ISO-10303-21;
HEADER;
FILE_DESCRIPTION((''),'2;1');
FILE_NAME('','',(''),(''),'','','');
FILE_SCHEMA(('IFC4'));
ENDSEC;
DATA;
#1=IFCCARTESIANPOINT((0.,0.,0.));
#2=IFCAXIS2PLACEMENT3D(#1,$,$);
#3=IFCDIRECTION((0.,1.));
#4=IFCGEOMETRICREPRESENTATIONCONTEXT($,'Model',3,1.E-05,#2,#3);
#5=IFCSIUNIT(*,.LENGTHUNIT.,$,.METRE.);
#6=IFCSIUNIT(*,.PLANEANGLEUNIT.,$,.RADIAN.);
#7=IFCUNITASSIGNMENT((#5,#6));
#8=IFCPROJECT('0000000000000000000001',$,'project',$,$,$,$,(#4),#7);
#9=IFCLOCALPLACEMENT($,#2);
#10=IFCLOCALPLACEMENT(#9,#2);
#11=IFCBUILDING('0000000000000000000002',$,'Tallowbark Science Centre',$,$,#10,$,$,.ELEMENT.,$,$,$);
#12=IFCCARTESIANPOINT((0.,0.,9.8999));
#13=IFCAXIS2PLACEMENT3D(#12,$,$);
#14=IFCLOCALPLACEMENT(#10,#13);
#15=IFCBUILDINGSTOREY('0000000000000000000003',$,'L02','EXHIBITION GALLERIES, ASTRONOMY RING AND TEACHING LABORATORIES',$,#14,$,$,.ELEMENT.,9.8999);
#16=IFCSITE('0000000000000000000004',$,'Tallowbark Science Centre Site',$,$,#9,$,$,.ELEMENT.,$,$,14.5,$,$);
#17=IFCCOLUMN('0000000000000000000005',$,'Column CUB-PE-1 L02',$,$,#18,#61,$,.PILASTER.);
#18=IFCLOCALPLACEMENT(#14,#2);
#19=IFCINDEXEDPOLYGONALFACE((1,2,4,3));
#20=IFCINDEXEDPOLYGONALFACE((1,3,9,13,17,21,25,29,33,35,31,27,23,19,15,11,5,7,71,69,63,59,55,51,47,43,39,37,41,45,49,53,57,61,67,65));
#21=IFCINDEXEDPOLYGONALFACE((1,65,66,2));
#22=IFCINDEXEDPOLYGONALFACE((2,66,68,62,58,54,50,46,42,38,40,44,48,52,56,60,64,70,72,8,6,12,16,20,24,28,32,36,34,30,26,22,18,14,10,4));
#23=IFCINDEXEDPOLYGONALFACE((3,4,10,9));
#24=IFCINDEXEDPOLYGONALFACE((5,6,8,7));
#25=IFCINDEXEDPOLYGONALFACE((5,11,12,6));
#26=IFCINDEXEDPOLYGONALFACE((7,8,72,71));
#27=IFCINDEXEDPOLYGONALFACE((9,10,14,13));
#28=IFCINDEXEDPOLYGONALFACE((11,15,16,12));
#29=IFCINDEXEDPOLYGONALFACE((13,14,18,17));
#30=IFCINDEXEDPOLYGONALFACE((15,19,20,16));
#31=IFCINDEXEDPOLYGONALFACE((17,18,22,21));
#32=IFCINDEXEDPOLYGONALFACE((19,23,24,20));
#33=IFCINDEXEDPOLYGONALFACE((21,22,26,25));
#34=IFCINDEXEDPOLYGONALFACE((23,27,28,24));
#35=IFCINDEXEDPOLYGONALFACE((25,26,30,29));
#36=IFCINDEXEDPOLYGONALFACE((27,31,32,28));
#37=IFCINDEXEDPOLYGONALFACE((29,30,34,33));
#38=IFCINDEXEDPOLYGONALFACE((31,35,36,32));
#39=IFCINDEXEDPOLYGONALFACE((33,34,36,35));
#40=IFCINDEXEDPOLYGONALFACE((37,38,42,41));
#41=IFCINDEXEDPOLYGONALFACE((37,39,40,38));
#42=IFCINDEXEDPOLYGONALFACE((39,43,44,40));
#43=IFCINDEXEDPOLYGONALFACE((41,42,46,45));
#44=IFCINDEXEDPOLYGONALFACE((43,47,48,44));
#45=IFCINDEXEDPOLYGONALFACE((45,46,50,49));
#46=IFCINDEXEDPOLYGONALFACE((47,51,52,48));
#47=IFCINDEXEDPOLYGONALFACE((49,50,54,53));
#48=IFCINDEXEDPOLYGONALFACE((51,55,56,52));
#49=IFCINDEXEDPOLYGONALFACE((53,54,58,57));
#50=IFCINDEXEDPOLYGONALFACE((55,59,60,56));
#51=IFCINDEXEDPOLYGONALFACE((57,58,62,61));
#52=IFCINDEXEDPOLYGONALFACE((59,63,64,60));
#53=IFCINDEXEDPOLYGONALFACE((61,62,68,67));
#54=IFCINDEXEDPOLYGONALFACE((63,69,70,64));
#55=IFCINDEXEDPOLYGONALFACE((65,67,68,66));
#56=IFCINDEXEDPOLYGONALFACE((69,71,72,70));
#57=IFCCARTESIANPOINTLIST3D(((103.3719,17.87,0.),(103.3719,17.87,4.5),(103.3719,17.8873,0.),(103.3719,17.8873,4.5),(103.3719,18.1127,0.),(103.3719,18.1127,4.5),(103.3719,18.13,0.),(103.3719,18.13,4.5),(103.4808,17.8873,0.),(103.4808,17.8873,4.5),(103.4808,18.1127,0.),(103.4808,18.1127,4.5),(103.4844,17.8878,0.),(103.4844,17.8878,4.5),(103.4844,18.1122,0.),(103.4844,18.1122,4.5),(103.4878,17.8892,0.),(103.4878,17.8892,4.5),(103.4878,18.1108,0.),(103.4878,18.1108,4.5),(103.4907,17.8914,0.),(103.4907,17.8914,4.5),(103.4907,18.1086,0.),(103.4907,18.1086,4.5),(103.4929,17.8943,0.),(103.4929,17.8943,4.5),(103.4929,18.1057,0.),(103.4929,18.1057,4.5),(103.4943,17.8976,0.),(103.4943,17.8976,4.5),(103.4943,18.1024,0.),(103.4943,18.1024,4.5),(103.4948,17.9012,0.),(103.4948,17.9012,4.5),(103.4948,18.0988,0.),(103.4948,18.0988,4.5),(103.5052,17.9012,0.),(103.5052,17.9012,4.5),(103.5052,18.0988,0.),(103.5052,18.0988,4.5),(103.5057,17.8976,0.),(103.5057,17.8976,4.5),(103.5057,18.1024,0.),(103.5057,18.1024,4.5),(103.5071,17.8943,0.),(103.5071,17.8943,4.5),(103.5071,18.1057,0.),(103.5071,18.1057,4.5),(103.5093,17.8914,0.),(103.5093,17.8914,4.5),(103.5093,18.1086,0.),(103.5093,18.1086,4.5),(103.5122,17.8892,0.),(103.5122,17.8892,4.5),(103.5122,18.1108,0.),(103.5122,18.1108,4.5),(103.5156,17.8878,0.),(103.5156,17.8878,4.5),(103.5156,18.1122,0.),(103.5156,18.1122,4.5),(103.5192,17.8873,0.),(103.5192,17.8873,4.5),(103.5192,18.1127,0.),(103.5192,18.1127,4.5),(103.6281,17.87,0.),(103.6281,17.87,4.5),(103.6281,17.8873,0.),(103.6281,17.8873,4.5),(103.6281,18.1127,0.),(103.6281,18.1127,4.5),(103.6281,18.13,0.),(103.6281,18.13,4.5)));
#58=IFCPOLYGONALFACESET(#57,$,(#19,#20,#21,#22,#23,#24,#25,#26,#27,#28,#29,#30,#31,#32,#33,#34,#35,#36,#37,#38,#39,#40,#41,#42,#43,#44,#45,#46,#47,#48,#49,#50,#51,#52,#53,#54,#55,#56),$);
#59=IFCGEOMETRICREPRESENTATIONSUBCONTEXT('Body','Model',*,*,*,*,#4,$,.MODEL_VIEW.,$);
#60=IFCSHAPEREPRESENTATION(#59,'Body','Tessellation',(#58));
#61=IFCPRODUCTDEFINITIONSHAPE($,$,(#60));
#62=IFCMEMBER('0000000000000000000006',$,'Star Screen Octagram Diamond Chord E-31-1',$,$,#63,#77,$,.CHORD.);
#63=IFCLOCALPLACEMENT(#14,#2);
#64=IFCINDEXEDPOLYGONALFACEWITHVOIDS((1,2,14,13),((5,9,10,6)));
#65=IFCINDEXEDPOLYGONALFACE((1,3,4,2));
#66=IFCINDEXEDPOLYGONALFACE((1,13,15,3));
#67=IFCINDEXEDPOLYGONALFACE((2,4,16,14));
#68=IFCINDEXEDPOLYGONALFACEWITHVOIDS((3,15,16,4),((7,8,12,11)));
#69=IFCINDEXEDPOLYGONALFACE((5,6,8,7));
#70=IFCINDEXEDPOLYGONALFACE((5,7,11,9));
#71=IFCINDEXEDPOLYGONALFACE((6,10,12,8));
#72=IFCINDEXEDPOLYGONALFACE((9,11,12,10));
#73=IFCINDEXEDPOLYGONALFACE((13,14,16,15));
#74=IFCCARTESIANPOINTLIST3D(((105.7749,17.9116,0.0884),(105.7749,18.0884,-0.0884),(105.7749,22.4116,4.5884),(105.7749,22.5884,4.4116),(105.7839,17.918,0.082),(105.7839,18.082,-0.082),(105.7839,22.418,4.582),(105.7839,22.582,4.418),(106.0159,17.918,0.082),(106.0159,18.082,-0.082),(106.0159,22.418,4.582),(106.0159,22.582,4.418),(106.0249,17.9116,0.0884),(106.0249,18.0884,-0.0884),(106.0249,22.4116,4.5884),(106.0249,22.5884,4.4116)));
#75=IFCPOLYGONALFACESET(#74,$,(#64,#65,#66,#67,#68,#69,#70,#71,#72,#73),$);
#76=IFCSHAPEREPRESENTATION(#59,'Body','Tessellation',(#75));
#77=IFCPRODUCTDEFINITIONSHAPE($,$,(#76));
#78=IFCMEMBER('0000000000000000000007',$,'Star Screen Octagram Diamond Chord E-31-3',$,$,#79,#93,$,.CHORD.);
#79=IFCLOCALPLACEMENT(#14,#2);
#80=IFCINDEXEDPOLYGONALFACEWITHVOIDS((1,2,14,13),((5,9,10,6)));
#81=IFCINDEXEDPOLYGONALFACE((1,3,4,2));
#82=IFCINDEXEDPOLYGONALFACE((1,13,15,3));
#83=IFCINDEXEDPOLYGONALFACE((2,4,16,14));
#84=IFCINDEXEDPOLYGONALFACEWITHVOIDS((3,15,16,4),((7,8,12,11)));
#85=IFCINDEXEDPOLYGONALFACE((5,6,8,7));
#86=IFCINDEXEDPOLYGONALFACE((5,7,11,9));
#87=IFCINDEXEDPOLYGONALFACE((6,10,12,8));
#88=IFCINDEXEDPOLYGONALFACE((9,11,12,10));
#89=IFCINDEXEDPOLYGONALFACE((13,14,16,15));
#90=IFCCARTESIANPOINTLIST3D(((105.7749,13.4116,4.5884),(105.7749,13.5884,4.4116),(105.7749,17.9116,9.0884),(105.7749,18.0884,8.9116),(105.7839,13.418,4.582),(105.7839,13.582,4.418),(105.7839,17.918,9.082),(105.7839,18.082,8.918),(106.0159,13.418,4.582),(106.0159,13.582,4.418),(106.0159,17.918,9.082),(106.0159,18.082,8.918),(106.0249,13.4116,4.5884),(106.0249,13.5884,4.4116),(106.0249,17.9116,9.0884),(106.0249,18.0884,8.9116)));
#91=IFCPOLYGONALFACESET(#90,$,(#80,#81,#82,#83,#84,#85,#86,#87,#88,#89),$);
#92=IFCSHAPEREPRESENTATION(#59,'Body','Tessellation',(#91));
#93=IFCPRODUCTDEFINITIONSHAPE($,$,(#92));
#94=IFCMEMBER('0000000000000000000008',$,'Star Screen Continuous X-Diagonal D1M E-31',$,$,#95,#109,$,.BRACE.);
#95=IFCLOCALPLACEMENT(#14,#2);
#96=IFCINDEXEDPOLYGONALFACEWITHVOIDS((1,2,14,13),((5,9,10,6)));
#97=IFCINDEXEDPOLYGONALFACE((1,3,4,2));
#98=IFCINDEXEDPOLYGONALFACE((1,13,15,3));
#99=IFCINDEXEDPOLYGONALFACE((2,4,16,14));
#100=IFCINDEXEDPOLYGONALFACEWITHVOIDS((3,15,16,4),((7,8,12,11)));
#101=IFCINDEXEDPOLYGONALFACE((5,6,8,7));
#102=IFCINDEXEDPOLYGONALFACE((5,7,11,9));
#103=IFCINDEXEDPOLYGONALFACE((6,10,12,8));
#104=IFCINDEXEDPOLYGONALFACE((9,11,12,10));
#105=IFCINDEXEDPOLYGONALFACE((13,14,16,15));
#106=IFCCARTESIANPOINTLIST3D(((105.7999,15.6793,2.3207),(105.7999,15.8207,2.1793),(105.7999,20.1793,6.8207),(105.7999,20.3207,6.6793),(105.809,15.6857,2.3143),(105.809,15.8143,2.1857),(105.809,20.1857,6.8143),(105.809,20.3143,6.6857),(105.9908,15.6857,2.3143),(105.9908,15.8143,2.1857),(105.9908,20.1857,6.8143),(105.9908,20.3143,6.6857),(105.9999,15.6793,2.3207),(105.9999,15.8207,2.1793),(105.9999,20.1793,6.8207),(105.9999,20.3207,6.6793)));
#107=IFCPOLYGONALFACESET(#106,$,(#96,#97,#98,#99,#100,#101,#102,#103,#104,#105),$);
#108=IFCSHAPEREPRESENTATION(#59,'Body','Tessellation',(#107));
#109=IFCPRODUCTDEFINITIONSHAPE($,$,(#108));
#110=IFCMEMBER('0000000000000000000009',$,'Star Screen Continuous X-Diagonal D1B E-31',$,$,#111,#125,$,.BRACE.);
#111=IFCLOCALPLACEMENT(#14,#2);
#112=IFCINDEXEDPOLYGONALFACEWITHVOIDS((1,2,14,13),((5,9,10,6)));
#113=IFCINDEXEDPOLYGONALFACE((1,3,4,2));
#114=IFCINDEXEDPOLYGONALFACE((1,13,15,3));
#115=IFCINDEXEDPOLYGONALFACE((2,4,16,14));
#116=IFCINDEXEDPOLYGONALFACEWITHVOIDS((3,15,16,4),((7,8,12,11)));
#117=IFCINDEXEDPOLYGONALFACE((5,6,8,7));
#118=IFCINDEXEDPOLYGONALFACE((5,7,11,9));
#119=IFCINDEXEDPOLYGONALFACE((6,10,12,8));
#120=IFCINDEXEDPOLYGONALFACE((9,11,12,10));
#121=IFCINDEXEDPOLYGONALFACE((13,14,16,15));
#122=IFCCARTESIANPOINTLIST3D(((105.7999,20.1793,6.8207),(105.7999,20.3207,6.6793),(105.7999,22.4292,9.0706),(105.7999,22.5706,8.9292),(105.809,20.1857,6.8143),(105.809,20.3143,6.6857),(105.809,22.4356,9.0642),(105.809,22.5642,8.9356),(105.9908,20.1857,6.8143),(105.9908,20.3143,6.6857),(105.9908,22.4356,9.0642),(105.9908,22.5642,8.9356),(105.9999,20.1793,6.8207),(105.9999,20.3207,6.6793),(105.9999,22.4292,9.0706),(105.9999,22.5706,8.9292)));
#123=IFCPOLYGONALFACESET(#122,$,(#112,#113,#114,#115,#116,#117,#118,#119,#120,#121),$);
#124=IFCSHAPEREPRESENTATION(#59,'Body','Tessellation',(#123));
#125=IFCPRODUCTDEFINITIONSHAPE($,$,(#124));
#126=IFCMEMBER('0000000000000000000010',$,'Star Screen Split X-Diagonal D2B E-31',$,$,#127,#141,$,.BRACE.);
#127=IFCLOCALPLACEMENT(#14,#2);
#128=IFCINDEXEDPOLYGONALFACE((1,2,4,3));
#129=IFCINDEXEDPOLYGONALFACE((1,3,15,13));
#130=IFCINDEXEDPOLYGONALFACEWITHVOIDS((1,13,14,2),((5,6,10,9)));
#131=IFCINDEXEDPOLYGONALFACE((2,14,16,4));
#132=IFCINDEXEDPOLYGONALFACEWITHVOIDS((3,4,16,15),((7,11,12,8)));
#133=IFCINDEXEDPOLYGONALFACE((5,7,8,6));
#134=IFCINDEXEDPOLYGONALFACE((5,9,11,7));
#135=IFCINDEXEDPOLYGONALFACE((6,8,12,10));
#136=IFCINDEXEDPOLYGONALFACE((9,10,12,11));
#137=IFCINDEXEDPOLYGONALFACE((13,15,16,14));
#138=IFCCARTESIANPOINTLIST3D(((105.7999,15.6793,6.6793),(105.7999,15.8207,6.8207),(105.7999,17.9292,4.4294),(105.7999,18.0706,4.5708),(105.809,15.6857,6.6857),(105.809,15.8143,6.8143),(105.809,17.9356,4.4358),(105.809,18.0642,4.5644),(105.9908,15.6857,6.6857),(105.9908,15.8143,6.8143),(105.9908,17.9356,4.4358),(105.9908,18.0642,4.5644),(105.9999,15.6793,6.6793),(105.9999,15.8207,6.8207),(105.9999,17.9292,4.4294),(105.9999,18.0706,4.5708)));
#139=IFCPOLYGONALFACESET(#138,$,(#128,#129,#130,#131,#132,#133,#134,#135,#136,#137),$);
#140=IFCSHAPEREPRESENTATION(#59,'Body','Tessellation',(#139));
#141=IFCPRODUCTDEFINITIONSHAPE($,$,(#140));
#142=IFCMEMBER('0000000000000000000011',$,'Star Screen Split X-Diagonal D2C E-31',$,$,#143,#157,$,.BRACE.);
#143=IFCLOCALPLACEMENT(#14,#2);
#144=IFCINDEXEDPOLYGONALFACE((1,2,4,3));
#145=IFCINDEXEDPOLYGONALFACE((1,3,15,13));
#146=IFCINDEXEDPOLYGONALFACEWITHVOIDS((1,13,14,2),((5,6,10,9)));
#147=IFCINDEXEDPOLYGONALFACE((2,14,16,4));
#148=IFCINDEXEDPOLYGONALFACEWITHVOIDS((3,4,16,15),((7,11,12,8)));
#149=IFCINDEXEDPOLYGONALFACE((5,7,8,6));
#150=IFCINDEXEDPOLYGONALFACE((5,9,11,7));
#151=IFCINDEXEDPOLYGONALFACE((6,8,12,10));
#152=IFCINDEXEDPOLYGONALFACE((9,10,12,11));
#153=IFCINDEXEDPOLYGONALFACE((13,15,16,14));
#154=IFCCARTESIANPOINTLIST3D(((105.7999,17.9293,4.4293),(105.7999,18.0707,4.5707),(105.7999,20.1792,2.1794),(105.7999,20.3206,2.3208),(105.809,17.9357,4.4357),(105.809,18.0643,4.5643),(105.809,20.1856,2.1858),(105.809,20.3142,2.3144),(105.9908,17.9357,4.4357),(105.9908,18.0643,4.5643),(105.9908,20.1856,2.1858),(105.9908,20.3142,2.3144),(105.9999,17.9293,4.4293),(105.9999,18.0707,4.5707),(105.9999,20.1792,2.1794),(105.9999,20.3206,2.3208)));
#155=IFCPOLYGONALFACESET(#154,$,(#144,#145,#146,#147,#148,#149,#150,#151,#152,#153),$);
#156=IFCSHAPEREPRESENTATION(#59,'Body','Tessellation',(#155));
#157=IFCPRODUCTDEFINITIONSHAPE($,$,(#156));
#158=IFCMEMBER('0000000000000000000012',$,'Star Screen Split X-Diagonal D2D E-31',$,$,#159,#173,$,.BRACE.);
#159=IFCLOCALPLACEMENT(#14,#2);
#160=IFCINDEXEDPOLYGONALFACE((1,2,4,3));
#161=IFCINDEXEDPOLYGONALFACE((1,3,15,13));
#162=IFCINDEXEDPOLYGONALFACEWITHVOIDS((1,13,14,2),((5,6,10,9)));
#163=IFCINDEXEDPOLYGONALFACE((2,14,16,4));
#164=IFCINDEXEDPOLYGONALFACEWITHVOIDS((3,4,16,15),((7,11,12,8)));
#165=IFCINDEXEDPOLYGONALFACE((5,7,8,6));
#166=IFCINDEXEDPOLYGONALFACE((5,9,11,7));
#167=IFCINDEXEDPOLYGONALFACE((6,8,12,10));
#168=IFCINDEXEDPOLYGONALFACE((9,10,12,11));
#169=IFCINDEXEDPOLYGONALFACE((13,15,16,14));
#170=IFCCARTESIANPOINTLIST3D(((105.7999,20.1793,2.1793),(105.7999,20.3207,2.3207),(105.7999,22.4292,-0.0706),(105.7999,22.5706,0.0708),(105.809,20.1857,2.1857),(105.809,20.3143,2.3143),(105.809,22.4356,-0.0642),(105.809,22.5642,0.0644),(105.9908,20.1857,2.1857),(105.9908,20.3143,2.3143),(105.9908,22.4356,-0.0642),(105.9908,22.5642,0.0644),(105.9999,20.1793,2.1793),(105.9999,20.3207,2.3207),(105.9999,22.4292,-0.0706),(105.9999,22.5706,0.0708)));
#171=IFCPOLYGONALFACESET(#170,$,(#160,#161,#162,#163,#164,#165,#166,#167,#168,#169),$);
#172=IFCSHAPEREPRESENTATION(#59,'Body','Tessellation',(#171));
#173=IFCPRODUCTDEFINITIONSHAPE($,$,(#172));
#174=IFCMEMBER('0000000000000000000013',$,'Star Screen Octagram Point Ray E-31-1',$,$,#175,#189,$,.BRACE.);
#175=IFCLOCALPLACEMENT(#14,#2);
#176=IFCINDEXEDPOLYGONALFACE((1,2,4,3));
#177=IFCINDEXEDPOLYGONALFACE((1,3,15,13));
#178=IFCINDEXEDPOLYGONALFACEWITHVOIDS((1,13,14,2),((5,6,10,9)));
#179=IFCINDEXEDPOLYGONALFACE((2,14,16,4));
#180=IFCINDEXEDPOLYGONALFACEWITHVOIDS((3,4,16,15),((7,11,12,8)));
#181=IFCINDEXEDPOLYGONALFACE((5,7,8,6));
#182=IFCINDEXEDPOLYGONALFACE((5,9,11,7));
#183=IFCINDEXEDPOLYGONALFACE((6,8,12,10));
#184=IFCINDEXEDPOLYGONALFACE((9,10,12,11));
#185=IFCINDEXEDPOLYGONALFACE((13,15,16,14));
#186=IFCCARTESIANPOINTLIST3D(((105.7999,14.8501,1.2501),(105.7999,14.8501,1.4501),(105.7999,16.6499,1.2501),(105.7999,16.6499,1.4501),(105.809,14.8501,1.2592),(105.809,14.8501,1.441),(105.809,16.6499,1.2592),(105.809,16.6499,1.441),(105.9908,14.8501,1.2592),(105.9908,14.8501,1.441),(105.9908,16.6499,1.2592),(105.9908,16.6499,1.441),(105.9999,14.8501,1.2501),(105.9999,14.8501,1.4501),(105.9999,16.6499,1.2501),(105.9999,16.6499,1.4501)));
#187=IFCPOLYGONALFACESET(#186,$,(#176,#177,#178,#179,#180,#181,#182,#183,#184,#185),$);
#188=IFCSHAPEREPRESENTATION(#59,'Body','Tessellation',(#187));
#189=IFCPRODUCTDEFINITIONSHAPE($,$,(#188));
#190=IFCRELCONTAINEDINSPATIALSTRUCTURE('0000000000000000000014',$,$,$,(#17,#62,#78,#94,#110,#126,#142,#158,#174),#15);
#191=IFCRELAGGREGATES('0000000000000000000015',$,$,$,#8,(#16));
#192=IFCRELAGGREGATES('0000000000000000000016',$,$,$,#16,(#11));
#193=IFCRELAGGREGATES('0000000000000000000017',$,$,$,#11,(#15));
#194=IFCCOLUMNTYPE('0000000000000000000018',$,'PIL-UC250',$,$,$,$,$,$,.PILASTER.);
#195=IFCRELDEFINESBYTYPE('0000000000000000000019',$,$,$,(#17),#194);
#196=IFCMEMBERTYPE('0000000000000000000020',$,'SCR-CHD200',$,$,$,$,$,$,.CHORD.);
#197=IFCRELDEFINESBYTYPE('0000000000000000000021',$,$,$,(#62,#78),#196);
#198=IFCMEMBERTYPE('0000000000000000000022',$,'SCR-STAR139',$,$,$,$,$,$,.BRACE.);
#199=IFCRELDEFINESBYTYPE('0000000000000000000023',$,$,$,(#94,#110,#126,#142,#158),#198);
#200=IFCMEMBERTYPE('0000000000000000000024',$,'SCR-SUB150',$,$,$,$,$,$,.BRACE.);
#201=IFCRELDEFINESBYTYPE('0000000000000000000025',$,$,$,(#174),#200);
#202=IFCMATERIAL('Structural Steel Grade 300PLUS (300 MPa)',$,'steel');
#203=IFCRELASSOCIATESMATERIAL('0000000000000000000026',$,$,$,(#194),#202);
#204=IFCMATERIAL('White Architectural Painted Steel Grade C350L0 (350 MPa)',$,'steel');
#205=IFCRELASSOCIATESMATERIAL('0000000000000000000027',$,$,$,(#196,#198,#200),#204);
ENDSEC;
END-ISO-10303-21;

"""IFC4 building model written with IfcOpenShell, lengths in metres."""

from ifc_helpers import new_model, si_unit, direction, frame, origin, origin_2d, place, context, subcontext, project, spatial, hollow_rectangle, i_section, extrude, material, material_profile, profile_set, type_object, element, save


model = new_model("IFC4")

# Units and contexts
model_context = context("Model", 3, precision=1e-05, world=origin(), true_north=direction((0.0, 1.0)))
body_context = subcontext(model_context, "Body", "Model", "MODEL_VIEW")
ifc_project = project(units=[si_unit("LENGTHUNIT", "METRE"), si_unit("PLANEANGLEUNIT", "RADIAN")], contexts=[model_context])

# Site, building, storey
site_placement = place(None, origin())
site = spatial("IfcSite", under=ifc_project, at=site_placement, Name="Tallowbark Science Centre Site", CompositionType="ELEMENT", RefElevation=14.5)
building_placement = place(site_placement, origin())
building = spatial("IfcBuilding", under=site, at=building_placement, Name="Tallowbark Science Centre", CompositionType="ELEMENT")
storey_placement = place(building_placement, frame((0.0, 0.0, 9.8999)))
storey = spatial("IfcBuildingStorey", under=building, at=storey_placement, Name="L02", Description="EXHIBITION GALLERIES, ASTRONOMY RING AND TEACHING LABORATORIES", CompositionType="ELEMENT", Elevation=9.8999)

# Column
ifc_material_1 = material(Name="Structural Steel Grade 300PLUS (300 MPa)", Category="steel")
ifc_material_profile_1 = material_profile(ifc_material_1, i_section(OverallWidth=0.2561, OverallDepth=0.26, WebThickness=0.0105, FlangeThickness=0.0173, FilletRadius=0.0139, at=origin_2d()), Name="250UC89.5")
ifc_profile_set_1 = profile_set([ifc_material_profile_1], Name="Structural Steel Grade 300PLUS (300 MPa)")
column_type = type_object("IfcColumnType", Name="PIL-UC250", PredefinedType="PILASTER", material=ifc_profile_set_1)
column_placement = place(storey_placement, frame((103.5, 18.0, 0.0), z_axis=(0.0, 0.0, 1.0), x_axis=(1.0, 0.0, 0.0)))
element("IfcColumn", 1, at=column_placement, inside=storey, type_object=column_type, Name="Column CUB-PE-1 L02", PredefinedType="PILASTER", context=body_context, shape_type="SweptSolid", body=[
    extrude(i_section(OverallWidth=0.2561, OverallDepth=0.26, WebThickness=0.0105, FlangeThickness=0.0173, FilletRadius=0.0139, at=origin_2d()), origin(), (0.0, 0.0, 1.0), 4.5),
])

# Members
ifc_material_2 = material(Name="White Architectural Painted Steel Grade C350L0 (350 MPa)", Category="steel")
ifc_material_profile_2 = material_profile(ifc_material_2, hollow_rectangle(XDim=0.25, YDim=0.25, WallThickness=0.009, at=origin_2d()), Name="250x250x9.0SHS")
ifc_profile_set_2 = profile_set([ifc_material_profile_2], Name="White Architectural Painted Steel Grade C350L0 (350 MPa)")
member_type_1 = type_object("IfcMemberType", Name="SCR-CHD200", PredefinedType="CHORD", material=ifc_profile_set_2)
for number, where, z_axis, x_axis, name in (
    (2, (105.8999, 18.0, 0.0), (0.0, 0.707107, 0.707107), (-1.0, 0.0, 0.0), "Star Screen Octagram Diamond Chord E-31-1"),
    (3, (105.8999, 18.0, 9.0), (0.0, -0.707107, -0.707107), (1.0, 0.0, 0.0), "Star Screen Octagram Diamond Chord E-31-3"),
):
    element("IfcMember", number, at=place(storey_placement, frame(where, z_axis=z_axis, x_axis=x_axis)), inside=storey, type_object=member_type_1, Name=name, PredefinedType="CHORD", context=body_context, shape_type="SweptSolid", body=[
        extrude(hollow_rectangle(XDim=0.25, YDim=0.25, WallThickness=0.009, at=origin_2d()), origin(), (0.0, 0.0, 1.0), 6.364),
    ])
ifc_material_profile_3 = material_profile(ifc_material_2, hollow_rectangle(XDim=0.2, YDim=0.2, WallThickness=0.009, at=origin_2d()), Name="200x200x9.0SHS")
ifc_profile_set_3 = profile_set([ifc_material_profile_3], Name="White Architectural Painted Steel Grade C350L0 (350 MPa)")
member_type_2 = type_object("IfcMemberType", Name="SCR-STAR139", PredefinedType="BRACE", material=ifc_profile_set_3)
member_1_placement = place(storey_placement, frame((105.8999, 15.75, 2.25), z_axis=(0.0, 0.707107, 0.707107), x_axis=(-1.0, 0.0, 0.0)))
element("IfcMember", 4, at=member_1_placement, inside=storey, type_object=member_type_2, Name="Star Screen Continuous X-Diagonal D1M E-31", PredefinedType="BRACE", context=body_context, shape_type="SweptSolid", body=[
    extrude(hollow_rectangle(XDim=0.2, YDim=0.2, WallThickness=0.009, at=origin_2d()), origin(), (0.0, 0.0, 1.0), 6.364),
])
for number, where, z_axis, x_axis, name in (
    (5, (105.8999, 20.25, 6.75), (0.0, 0.707107, 0.707107), (-1.0, 0.0, 0.0), "Star Screen Continuous X-Diagonal D1B E-31"),
    (6, (105.8999, 15.75, 6.75), (0.0, 0.707107, -0.707107), (-1.0, 0.0, 0.0), "Star Screen Split X-Diagonal D2B E-31"),
    (7, (105.8999, 18.0, 4.5), (0.0, 0.707107, -0.707107), (-1.0, 0.0, 0.0), "Star Screen Split X-Diagonal D2C E-31"),
    (8, (105.8999, 20.25, 2.25), (0.0, 0.707107, -0.707107), (-1.0, 0.0, 0.0), "Star Screen Split X-Diagonal D2D E-31"),
):
    element("IfcMember", number, at=place(storey_placement, frame(where, z_axis=z_axis, x_axis=x_axis)), inside=storey, type_object=member_type_2, Name=name, PredefinedType="BRACE", context=body_context, shape_type="SweptSolid", body=[
        extrude(hollow_rectangle(XDim=0.2, YDim=0.2, WallThickness=0.009, at=origin_2d()), origin(), (0.0, 0.0, 1.0), 3.1819),
    ])
ifc_material_profile_4 = material_profile(ifc_material_2, hollow_rectangle(XDim=0.2, YDim=0.2, WallThickness=0.009, at=origin_2d()), Name="200x200x9.0SHS")
ifc_profile_set_4 = profile_set([ifc_material_profile_4], Name="White Architectural Painted Steel Grade C350L0 (350 MPa)")
member_type_3 = type_object("IfcMemberType", Name="SCR-SUB150", PredefinedType="BRACE", material=ifc_profile_set_4)
member_2_placement = place(storey_placement, frame((105.8999, 14.8501, 1.3501), z_axis=(0.0, 1.0, 0.0), x_axis=(-1.0, 0.0, 0.0)))
element("IfcMember", 9, at=member_2_placement, inside=storey, type_object=member_type_3, Name="Star Screen Octagram Point Ray E-31-1", PredefinedType="BRACE", context=body_context, shape_type="SweptSolid", body=[
    extrude(hollow_rectangle(XDim=0.2, YDim=0.2, WallThickness=0.009, at=origin_2d()), origin(), (0.0, 0.0, 1.0), 1.7998),
])

save(model, "model.ifc")
